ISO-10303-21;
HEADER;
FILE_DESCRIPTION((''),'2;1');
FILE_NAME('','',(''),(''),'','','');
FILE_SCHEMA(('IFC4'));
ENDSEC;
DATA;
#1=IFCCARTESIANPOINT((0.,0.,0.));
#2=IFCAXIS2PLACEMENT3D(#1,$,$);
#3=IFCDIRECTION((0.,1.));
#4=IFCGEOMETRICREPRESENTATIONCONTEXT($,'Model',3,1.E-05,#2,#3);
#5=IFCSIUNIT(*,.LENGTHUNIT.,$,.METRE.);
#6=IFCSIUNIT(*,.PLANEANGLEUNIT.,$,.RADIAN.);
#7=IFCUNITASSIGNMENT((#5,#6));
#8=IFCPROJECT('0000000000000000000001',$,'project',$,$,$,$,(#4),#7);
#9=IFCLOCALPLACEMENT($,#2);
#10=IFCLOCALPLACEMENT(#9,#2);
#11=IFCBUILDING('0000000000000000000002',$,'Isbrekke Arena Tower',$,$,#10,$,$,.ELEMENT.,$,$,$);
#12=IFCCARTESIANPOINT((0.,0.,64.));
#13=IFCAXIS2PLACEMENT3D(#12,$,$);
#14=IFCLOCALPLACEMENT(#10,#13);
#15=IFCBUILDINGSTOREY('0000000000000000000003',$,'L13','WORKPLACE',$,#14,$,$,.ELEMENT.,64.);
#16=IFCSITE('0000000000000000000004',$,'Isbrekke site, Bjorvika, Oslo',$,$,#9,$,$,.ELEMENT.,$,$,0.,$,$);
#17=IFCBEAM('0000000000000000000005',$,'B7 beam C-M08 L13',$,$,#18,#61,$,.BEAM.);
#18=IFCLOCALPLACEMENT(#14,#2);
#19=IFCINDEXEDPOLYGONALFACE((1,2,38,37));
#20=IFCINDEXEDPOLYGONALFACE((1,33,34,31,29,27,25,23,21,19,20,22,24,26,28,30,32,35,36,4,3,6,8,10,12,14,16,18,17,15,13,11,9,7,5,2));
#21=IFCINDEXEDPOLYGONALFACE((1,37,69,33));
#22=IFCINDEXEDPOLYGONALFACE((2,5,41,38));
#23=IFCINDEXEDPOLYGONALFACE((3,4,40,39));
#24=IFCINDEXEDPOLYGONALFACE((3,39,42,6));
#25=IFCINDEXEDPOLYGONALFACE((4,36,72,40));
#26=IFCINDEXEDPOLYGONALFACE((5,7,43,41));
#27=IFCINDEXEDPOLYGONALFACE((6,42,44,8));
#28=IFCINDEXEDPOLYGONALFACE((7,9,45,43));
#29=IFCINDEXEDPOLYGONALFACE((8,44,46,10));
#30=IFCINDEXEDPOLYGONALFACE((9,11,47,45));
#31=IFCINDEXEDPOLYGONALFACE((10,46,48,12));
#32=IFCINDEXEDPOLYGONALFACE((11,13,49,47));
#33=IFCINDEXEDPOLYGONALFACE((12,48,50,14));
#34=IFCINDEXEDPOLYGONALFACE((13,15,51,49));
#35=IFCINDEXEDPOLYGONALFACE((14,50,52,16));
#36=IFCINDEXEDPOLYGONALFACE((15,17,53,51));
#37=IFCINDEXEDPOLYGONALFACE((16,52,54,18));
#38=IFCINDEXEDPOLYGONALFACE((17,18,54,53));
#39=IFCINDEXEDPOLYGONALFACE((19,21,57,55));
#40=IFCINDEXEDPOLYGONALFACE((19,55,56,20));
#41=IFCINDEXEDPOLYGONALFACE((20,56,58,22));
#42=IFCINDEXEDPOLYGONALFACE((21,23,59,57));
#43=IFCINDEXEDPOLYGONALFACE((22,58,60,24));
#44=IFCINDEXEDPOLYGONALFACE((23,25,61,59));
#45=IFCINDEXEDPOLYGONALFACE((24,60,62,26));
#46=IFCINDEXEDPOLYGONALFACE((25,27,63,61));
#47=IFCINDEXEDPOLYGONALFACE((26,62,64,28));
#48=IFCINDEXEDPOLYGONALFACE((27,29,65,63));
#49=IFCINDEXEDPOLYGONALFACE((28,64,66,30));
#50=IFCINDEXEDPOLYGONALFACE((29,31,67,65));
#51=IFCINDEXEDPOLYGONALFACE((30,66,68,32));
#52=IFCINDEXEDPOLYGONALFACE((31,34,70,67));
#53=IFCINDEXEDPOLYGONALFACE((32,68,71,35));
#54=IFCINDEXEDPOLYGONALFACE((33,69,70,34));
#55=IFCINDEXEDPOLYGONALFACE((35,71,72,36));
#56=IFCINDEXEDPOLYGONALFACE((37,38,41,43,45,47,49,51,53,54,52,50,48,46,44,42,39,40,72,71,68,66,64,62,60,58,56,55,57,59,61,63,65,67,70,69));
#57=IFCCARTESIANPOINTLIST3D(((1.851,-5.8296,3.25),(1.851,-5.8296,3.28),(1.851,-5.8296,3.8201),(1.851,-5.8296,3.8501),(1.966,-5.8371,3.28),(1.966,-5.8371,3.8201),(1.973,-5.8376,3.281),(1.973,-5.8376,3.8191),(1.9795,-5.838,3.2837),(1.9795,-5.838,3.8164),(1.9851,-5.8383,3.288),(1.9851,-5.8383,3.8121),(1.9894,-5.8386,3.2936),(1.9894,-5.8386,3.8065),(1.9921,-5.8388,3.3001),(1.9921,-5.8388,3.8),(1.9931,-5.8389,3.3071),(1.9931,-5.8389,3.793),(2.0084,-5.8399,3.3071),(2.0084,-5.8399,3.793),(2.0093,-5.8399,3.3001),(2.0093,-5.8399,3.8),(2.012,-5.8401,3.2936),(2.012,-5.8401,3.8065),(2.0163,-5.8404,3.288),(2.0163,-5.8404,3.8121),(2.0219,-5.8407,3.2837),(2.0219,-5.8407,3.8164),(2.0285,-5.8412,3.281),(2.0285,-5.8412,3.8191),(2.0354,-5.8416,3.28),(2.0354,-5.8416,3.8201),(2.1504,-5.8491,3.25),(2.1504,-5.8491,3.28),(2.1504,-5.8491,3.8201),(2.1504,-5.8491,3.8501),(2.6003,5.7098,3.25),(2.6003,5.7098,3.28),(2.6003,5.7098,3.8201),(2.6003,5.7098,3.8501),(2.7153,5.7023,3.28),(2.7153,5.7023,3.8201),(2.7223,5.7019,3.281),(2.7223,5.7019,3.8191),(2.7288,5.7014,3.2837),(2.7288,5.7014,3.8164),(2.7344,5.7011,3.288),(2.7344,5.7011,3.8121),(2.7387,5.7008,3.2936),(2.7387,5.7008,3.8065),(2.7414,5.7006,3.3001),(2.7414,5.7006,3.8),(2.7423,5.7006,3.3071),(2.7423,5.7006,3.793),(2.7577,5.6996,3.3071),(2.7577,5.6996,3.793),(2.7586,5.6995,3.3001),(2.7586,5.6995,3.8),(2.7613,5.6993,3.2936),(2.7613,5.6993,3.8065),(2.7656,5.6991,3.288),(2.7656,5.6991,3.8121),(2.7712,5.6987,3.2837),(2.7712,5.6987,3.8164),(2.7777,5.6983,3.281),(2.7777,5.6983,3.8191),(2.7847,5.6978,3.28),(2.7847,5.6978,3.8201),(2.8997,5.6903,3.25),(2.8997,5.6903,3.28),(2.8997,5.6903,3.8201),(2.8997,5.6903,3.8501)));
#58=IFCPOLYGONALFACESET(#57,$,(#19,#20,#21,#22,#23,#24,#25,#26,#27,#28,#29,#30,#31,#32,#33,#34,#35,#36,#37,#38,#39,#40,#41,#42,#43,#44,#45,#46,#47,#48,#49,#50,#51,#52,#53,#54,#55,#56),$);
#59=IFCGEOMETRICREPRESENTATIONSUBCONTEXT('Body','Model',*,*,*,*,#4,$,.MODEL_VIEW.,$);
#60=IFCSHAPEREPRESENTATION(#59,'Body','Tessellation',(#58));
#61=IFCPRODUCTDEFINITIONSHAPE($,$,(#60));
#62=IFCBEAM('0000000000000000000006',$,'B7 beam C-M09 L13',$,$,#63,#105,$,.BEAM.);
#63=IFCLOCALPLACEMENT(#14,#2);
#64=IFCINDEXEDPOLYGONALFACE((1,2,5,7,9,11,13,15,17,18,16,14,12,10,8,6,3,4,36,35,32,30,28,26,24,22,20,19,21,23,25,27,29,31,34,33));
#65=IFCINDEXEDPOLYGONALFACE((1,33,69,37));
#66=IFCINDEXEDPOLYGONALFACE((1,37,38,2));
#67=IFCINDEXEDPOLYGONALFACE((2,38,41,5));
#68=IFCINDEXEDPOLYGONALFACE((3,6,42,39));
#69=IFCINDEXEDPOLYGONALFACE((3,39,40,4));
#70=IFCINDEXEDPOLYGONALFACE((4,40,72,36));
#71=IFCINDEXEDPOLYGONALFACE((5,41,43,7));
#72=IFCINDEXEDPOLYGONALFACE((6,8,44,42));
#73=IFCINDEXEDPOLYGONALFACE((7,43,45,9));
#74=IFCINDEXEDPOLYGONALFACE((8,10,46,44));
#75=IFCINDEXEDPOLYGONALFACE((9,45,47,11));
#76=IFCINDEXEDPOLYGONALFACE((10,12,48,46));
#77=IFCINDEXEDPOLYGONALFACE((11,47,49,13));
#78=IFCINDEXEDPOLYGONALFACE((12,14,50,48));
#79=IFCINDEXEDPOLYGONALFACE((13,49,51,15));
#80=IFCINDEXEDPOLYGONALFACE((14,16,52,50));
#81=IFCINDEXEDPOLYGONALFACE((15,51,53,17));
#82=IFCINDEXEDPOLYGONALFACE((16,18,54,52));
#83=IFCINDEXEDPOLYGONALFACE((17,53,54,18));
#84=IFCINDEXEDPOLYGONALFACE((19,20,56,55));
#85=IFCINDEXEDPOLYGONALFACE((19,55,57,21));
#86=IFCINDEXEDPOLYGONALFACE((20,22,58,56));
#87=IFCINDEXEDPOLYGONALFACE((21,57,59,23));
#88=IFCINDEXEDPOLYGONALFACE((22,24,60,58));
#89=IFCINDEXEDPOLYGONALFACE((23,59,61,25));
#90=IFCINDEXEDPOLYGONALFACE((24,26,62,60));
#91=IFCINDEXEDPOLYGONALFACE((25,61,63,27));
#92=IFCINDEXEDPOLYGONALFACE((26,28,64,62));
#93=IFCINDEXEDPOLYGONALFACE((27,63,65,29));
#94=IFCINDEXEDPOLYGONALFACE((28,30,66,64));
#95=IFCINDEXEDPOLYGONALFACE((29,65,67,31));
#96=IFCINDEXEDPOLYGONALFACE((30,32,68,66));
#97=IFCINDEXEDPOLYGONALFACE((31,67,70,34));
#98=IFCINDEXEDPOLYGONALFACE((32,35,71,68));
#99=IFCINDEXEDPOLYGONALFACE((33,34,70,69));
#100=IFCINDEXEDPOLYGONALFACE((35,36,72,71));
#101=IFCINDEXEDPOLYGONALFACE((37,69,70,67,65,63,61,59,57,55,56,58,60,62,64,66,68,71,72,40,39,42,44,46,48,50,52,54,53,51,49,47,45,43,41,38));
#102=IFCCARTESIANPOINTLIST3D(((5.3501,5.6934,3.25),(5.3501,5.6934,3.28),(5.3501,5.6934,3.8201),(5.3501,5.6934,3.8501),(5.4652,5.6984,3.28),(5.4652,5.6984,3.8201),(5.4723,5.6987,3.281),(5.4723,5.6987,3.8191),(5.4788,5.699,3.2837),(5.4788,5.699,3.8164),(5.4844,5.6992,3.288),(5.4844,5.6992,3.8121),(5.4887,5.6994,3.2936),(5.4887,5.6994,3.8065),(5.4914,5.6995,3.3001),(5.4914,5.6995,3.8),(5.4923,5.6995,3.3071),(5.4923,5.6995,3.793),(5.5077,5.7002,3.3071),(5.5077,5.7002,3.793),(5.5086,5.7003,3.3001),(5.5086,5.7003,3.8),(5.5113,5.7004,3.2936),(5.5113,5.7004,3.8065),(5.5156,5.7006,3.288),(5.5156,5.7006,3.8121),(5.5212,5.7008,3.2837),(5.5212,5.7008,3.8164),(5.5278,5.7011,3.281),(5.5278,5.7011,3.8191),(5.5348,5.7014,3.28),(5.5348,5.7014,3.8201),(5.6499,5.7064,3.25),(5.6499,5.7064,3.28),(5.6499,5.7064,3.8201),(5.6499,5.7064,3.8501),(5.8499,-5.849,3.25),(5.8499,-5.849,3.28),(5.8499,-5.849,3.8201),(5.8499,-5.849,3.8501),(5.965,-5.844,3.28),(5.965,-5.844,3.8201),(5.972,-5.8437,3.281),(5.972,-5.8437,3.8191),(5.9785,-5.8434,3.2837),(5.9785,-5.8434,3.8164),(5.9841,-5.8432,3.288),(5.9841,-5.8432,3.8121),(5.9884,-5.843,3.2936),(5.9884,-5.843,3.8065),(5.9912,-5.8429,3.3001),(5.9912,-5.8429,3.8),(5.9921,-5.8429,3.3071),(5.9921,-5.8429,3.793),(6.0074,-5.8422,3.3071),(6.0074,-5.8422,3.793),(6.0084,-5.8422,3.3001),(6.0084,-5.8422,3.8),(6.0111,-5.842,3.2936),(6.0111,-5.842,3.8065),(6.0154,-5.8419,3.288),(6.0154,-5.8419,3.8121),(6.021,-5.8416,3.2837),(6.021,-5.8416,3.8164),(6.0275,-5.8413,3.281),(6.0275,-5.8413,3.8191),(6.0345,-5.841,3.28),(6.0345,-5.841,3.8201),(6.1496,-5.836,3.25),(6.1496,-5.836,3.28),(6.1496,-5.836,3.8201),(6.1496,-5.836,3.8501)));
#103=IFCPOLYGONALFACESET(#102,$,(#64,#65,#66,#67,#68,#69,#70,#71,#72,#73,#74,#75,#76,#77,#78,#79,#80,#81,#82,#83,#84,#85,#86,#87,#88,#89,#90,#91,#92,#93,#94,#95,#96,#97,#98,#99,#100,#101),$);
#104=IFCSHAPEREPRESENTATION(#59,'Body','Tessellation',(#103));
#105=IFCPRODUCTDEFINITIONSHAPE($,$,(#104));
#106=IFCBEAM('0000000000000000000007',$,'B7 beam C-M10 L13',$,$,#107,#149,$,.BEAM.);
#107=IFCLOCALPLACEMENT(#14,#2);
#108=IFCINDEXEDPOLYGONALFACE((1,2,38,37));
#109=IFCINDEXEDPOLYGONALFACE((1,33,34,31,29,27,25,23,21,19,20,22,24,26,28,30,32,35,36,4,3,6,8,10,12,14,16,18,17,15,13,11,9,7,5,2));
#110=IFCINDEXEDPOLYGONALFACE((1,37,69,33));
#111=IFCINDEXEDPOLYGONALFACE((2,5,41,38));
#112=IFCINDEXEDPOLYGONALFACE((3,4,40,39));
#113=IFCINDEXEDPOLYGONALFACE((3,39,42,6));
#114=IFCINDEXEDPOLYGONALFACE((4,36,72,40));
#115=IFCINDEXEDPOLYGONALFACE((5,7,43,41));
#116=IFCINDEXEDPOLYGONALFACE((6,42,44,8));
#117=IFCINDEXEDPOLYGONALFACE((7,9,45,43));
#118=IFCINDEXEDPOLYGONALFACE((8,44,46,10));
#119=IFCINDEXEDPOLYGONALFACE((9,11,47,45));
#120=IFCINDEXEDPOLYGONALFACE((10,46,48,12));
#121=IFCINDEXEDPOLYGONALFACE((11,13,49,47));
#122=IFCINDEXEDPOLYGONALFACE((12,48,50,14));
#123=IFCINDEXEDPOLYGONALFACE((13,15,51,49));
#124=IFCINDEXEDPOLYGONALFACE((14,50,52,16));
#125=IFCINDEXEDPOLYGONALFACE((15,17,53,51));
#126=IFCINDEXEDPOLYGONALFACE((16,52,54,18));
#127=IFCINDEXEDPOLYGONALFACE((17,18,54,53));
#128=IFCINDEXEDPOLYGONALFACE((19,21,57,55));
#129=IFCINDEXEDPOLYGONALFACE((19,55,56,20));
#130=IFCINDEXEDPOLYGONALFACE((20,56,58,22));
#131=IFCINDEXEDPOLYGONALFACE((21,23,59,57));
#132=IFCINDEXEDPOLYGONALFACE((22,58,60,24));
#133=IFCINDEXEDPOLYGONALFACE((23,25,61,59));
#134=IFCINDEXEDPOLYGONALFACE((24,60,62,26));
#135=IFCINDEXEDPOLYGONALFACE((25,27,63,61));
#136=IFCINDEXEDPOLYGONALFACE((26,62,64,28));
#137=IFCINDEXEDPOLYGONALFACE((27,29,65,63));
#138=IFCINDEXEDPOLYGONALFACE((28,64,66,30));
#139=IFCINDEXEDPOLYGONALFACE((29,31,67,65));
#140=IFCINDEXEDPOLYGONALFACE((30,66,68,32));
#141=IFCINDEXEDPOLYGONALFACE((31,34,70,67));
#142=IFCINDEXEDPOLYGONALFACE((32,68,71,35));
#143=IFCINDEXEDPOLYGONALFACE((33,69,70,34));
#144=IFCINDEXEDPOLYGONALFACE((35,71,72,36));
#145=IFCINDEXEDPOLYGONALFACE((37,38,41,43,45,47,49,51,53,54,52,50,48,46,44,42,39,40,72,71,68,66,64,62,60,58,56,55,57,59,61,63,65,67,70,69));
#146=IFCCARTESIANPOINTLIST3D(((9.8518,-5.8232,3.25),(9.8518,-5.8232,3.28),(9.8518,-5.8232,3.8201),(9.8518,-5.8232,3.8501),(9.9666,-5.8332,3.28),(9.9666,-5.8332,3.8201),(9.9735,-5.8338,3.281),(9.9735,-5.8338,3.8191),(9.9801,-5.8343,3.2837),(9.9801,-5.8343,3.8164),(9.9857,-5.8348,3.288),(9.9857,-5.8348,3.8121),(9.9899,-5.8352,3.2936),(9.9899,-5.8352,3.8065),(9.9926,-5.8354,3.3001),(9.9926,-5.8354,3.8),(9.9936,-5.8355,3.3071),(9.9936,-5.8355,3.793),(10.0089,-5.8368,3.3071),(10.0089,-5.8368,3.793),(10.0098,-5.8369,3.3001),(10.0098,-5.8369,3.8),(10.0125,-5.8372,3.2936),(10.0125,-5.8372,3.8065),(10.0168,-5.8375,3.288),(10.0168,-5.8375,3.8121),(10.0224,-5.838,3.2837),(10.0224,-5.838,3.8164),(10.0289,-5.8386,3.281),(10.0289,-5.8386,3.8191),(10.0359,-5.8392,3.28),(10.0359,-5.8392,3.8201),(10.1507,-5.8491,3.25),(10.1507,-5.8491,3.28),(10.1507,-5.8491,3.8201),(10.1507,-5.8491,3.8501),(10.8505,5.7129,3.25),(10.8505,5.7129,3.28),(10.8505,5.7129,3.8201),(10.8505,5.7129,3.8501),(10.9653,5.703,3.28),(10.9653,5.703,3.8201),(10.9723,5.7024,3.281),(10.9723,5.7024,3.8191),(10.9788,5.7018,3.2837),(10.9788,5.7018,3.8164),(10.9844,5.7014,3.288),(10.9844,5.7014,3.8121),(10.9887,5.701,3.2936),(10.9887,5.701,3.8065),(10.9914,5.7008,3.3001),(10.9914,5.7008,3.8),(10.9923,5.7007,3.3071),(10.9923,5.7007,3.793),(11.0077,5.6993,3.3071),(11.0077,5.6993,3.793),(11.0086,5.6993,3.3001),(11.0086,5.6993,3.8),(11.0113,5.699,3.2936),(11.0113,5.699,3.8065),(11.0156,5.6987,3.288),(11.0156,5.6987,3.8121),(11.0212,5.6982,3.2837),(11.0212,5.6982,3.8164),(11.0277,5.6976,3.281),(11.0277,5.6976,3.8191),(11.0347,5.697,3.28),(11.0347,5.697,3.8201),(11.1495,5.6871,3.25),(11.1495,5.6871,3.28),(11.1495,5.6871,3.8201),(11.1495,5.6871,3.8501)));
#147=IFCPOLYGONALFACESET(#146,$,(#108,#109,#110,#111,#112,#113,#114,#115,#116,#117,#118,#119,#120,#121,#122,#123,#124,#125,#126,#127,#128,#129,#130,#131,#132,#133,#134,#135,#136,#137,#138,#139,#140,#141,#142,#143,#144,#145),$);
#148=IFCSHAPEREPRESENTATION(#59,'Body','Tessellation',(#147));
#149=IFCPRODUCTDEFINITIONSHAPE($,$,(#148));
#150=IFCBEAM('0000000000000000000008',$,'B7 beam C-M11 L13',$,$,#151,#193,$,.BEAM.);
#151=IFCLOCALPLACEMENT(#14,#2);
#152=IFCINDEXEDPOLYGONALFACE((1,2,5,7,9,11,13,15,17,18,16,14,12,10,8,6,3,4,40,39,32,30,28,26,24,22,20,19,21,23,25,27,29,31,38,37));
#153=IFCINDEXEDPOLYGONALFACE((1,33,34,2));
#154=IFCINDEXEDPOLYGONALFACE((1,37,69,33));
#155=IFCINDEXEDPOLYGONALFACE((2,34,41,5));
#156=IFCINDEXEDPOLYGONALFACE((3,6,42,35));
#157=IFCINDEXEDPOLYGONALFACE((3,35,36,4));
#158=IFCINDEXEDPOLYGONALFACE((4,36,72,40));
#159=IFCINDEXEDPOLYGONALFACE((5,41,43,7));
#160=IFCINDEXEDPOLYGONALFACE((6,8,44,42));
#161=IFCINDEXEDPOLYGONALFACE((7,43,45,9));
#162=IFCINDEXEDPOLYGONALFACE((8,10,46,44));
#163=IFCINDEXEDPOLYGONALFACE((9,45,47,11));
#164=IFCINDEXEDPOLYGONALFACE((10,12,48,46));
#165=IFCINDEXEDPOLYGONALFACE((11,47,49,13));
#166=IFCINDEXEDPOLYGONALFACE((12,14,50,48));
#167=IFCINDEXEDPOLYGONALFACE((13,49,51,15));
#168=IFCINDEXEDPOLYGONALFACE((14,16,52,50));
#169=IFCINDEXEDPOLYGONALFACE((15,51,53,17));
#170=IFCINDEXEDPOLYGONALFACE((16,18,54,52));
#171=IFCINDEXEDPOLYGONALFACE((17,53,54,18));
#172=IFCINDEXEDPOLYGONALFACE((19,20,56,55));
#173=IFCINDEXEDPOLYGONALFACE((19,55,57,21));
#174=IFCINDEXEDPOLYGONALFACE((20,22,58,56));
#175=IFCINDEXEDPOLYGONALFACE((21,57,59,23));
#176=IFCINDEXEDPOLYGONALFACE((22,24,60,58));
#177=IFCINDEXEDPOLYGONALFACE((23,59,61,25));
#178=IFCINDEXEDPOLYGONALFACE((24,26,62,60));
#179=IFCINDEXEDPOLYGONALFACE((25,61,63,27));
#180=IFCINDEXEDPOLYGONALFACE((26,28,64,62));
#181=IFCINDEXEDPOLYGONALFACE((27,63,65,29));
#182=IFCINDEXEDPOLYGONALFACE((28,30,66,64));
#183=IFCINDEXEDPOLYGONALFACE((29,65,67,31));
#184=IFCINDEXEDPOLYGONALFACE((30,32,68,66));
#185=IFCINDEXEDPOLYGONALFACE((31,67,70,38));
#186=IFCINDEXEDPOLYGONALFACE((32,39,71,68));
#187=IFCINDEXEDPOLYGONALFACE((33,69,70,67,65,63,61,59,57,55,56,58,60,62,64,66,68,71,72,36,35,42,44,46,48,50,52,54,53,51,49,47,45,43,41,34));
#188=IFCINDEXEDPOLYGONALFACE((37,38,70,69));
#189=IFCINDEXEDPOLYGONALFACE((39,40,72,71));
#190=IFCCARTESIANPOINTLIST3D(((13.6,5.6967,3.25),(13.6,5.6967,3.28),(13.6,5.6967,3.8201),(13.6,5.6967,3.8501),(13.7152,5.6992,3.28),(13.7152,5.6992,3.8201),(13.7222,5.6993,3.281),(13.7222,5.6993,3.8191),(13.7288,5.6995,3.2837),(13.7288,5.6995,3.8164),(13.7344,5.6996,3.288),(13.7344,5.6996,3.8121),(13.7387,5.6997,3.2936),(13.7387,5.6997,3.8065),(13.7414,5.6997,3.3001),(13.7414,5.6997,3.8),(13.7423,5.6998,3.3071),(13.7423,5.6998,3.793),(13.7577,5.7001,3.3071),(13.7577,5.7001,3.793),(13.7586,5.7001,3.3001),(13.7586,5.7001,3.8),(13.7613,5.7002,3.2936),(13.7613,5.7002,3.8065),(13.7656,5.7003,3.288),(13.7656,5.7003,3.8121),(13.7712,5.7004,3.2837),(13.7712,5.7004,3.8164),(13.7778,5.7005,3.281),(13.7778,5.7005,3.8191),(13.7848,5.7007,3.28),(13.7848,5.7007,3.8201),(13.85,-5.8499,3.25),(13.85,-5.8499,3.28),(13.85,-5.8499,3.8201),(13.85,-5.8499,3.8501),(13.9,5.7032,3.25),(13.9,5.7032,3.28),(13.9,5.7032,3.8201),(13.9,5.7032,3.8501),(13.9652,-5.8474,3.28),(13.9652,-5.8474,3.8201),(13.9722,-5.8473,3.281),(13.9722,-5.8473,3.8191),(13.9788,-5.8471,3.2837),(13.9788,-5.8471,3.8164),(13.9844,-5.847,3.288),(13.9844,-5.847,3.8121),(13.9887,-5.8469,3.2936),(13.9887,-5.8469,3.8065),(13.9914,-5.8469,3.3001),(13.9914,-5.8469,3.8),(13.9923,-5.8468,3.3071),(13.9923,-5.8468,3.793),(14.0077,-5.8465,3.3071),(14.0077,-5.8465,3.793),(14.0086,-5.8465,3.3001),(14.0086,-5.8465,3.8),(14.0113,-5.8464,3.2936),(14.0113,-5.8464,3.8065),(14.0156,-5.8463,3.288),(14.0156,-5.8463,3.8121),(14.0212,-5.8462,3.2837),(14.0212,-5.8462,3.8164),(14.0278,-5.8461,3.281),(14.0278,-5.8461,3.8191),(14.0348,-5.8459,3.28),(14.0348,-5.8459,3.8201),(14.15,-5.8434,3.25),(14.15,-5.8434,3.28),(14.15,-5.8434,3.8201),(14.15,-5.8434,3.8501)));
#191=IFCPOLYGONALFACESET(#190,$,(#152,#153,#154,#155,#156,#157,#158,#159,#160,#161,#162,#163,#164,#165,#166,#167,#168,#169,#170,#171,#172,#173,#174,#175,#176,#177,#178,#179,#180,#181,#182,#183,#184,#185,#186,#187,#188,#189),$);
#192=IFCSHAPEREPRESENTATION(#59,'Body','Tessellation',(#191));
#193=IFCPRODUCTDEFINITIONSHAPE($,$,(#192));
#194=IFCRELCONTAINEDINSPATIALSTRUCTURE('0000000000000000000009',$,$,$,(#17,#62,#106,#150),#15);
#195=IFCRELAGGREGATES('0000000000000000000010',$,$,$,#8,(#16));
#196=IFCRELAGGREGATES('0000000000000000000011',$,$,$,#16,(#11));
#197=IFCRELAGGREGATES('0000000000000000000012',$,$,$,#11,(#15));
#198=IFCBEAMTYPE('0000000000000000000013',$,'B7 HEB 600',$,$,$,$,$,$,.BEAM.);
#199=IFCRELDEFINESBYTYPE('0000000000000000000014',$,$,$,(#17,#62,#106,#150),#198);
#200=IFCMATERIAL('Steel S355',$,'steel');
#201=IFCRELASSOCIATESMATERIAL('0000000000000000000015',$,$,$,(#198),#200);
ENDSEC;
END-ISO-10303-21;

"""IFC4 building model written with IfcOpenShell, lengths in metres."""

from ifc_helpers import new_model, si_unit, direction, frame, origin, origin_2d, place, context, subcontext, project, spatial, i_section, extrude, material, material_profile, profile_set, type_object, element, save


model = new_model("IFC4")

# Units and contexts
model_context = context("Model", 3, precision=1e-05, world=origin(), true_north=direction((0.0, 1.0)))
body_context = subcontext(model_context, "Body", "Model", "MODEL_VIEW")
ifc_project = project(units=[si_unit("LENGTHUNIT", "METRE"), si_unit("PLANEANGLEUNIT", "RADIAN")], contexts=[model_context])

# Site, building, storey
site_placement = place(None, origin())
site = spatial("IfcSite", under=ifc_project, at=site_placement, Name="Isbrekke site, Bjorvika, Oslo", CompositionType="ELEMENT", RefElevation=0.0)
building_placement = place(site_placement, origin())
building = spatial("IfcBuilding", under=site, at=building_placement, Name="Isbrekke Arena Tower", CompositionType="ELEMENT")
storey_placement = place(building_placement, frame((0.0, 0.0, 64.0)))
storey = spatial("IfcBuildingStorey", under=building, at=storey_placement, Name="L13", Description="WORKPLACE", CompositionType="ELEMENT", Elevation=64.0)

# Beams
ifc_material_1 = material(Name="Steel S355", Category="steel")
ifc_material_profile_1 = material_profile(ifc_material_1, i_section(OverallWidth=0.3, OverallDepth=0.6001, WebThickness=0.0154, FlangeThickness=0.03, FilletRadius=0.0271, at=origin_2d()), Name="HEB 600")
ifc_profile_set_1 = profile_set([ifc_material_profile_1], Name="Steel S355")
beam_type_1 = type_object("IfcBeamType", Name="B7 HEB 600", PredefinedType="BEAM", material=ifc_profile_set_1)
beam_1_placement = place(storey_placement, frame((2.0007, -5.8394, 3.55), z_axis=(0.064795, 0.997899, 0.0), x_axis=(-0.997899, 0.064795, 0.0)))
element("IfcBeam", 1, at=beam_1_placement, inside=storey, type_object=beam_type_1, Name="B7 beam C-M08 L13", PredefinedType="BEAM", context=body_context, shape_type="SweptSolid", body=[
    extrude(i_section(OverallWidth=0.3, OverallDepth=0.6001, WebThickness=0.0154, FlangeThickness=0.03, FilletRadius=0.0271, at=origin_2d()), origin(), (0.0, 0.0, 1.0), 11.5637),
])
beam_2_placement = place(storey_placement, frame((5.9998, -5.8425, 3.55), z_axis=(-0.043257, 0.999064, 0.0), x_axis=(-0.999064, -0.043257, 0.0)))
element("IfcBeam", 2, at=beam_2_placement, inside=storey, type_object=beam_type_1, Name="B7 beam C-M09 L13", PredefinedType="BEAM", context=body_context, shape_type="SweptSolid", body=[
    extrude(i_section(OverallWidth=0.3, OverallDepth=0.6001, WebThickness=0.0154, FlangeThickness=0.03, FilletRadius=0.0271, at=origin_2d()), origin(), (0.0, 0.0, 1.0), 11.5532),
])
beam_3_placement = place(storey_placement, frame((10.0012, -5.8362, 3.55), z_axis=(0.086256, 0.996273, 0.0), x_axis=(-0.996273, 0.086256, 0.0)))
element("IfcBeam", 3, at=beam_3_placement, inside=storey, type_object=beam_type_1, Name="B7 beam C-M10 L13", PredefinedType="BEAM", context=body_context, shape_type="SweptSolid", body=[
    extrude(i_section(OverallWidth=0.3, OverallDepth=0.6001, WebThickness=0.0154, FlangeThickness=0.03, FilletRadius=0.0271, at=origin_2d()), origin(), (0.0, 0.0, 1.0), 11.5793),
])
beam_4_placement = place(storey_placement, frame((14.0, -5.8467, 3.55), z_axis=(-0.021646, 0.999766, 0.0), x_axis=(-0.999766, -0.021646, 0.0)))
element("IfcBeam", 4, at=beam_4_placement, inside=storey, type_object=beam_type_1, Name="B7 beam C-M11 L13", PredefinedType="BEAM", context=body_context, shape_type="SweptSolid", body=[
    extrude(i_section(OverallWidth=0.3, OverallDepth=0.6001, WebThickness=0.0154, FlangeThickness=0.03, FilletRadius=0.0271, at=origin_2d()), origin(), (0.0, 0.0, 1.0), 11.5493),
])

save(model, "model.ifc")
